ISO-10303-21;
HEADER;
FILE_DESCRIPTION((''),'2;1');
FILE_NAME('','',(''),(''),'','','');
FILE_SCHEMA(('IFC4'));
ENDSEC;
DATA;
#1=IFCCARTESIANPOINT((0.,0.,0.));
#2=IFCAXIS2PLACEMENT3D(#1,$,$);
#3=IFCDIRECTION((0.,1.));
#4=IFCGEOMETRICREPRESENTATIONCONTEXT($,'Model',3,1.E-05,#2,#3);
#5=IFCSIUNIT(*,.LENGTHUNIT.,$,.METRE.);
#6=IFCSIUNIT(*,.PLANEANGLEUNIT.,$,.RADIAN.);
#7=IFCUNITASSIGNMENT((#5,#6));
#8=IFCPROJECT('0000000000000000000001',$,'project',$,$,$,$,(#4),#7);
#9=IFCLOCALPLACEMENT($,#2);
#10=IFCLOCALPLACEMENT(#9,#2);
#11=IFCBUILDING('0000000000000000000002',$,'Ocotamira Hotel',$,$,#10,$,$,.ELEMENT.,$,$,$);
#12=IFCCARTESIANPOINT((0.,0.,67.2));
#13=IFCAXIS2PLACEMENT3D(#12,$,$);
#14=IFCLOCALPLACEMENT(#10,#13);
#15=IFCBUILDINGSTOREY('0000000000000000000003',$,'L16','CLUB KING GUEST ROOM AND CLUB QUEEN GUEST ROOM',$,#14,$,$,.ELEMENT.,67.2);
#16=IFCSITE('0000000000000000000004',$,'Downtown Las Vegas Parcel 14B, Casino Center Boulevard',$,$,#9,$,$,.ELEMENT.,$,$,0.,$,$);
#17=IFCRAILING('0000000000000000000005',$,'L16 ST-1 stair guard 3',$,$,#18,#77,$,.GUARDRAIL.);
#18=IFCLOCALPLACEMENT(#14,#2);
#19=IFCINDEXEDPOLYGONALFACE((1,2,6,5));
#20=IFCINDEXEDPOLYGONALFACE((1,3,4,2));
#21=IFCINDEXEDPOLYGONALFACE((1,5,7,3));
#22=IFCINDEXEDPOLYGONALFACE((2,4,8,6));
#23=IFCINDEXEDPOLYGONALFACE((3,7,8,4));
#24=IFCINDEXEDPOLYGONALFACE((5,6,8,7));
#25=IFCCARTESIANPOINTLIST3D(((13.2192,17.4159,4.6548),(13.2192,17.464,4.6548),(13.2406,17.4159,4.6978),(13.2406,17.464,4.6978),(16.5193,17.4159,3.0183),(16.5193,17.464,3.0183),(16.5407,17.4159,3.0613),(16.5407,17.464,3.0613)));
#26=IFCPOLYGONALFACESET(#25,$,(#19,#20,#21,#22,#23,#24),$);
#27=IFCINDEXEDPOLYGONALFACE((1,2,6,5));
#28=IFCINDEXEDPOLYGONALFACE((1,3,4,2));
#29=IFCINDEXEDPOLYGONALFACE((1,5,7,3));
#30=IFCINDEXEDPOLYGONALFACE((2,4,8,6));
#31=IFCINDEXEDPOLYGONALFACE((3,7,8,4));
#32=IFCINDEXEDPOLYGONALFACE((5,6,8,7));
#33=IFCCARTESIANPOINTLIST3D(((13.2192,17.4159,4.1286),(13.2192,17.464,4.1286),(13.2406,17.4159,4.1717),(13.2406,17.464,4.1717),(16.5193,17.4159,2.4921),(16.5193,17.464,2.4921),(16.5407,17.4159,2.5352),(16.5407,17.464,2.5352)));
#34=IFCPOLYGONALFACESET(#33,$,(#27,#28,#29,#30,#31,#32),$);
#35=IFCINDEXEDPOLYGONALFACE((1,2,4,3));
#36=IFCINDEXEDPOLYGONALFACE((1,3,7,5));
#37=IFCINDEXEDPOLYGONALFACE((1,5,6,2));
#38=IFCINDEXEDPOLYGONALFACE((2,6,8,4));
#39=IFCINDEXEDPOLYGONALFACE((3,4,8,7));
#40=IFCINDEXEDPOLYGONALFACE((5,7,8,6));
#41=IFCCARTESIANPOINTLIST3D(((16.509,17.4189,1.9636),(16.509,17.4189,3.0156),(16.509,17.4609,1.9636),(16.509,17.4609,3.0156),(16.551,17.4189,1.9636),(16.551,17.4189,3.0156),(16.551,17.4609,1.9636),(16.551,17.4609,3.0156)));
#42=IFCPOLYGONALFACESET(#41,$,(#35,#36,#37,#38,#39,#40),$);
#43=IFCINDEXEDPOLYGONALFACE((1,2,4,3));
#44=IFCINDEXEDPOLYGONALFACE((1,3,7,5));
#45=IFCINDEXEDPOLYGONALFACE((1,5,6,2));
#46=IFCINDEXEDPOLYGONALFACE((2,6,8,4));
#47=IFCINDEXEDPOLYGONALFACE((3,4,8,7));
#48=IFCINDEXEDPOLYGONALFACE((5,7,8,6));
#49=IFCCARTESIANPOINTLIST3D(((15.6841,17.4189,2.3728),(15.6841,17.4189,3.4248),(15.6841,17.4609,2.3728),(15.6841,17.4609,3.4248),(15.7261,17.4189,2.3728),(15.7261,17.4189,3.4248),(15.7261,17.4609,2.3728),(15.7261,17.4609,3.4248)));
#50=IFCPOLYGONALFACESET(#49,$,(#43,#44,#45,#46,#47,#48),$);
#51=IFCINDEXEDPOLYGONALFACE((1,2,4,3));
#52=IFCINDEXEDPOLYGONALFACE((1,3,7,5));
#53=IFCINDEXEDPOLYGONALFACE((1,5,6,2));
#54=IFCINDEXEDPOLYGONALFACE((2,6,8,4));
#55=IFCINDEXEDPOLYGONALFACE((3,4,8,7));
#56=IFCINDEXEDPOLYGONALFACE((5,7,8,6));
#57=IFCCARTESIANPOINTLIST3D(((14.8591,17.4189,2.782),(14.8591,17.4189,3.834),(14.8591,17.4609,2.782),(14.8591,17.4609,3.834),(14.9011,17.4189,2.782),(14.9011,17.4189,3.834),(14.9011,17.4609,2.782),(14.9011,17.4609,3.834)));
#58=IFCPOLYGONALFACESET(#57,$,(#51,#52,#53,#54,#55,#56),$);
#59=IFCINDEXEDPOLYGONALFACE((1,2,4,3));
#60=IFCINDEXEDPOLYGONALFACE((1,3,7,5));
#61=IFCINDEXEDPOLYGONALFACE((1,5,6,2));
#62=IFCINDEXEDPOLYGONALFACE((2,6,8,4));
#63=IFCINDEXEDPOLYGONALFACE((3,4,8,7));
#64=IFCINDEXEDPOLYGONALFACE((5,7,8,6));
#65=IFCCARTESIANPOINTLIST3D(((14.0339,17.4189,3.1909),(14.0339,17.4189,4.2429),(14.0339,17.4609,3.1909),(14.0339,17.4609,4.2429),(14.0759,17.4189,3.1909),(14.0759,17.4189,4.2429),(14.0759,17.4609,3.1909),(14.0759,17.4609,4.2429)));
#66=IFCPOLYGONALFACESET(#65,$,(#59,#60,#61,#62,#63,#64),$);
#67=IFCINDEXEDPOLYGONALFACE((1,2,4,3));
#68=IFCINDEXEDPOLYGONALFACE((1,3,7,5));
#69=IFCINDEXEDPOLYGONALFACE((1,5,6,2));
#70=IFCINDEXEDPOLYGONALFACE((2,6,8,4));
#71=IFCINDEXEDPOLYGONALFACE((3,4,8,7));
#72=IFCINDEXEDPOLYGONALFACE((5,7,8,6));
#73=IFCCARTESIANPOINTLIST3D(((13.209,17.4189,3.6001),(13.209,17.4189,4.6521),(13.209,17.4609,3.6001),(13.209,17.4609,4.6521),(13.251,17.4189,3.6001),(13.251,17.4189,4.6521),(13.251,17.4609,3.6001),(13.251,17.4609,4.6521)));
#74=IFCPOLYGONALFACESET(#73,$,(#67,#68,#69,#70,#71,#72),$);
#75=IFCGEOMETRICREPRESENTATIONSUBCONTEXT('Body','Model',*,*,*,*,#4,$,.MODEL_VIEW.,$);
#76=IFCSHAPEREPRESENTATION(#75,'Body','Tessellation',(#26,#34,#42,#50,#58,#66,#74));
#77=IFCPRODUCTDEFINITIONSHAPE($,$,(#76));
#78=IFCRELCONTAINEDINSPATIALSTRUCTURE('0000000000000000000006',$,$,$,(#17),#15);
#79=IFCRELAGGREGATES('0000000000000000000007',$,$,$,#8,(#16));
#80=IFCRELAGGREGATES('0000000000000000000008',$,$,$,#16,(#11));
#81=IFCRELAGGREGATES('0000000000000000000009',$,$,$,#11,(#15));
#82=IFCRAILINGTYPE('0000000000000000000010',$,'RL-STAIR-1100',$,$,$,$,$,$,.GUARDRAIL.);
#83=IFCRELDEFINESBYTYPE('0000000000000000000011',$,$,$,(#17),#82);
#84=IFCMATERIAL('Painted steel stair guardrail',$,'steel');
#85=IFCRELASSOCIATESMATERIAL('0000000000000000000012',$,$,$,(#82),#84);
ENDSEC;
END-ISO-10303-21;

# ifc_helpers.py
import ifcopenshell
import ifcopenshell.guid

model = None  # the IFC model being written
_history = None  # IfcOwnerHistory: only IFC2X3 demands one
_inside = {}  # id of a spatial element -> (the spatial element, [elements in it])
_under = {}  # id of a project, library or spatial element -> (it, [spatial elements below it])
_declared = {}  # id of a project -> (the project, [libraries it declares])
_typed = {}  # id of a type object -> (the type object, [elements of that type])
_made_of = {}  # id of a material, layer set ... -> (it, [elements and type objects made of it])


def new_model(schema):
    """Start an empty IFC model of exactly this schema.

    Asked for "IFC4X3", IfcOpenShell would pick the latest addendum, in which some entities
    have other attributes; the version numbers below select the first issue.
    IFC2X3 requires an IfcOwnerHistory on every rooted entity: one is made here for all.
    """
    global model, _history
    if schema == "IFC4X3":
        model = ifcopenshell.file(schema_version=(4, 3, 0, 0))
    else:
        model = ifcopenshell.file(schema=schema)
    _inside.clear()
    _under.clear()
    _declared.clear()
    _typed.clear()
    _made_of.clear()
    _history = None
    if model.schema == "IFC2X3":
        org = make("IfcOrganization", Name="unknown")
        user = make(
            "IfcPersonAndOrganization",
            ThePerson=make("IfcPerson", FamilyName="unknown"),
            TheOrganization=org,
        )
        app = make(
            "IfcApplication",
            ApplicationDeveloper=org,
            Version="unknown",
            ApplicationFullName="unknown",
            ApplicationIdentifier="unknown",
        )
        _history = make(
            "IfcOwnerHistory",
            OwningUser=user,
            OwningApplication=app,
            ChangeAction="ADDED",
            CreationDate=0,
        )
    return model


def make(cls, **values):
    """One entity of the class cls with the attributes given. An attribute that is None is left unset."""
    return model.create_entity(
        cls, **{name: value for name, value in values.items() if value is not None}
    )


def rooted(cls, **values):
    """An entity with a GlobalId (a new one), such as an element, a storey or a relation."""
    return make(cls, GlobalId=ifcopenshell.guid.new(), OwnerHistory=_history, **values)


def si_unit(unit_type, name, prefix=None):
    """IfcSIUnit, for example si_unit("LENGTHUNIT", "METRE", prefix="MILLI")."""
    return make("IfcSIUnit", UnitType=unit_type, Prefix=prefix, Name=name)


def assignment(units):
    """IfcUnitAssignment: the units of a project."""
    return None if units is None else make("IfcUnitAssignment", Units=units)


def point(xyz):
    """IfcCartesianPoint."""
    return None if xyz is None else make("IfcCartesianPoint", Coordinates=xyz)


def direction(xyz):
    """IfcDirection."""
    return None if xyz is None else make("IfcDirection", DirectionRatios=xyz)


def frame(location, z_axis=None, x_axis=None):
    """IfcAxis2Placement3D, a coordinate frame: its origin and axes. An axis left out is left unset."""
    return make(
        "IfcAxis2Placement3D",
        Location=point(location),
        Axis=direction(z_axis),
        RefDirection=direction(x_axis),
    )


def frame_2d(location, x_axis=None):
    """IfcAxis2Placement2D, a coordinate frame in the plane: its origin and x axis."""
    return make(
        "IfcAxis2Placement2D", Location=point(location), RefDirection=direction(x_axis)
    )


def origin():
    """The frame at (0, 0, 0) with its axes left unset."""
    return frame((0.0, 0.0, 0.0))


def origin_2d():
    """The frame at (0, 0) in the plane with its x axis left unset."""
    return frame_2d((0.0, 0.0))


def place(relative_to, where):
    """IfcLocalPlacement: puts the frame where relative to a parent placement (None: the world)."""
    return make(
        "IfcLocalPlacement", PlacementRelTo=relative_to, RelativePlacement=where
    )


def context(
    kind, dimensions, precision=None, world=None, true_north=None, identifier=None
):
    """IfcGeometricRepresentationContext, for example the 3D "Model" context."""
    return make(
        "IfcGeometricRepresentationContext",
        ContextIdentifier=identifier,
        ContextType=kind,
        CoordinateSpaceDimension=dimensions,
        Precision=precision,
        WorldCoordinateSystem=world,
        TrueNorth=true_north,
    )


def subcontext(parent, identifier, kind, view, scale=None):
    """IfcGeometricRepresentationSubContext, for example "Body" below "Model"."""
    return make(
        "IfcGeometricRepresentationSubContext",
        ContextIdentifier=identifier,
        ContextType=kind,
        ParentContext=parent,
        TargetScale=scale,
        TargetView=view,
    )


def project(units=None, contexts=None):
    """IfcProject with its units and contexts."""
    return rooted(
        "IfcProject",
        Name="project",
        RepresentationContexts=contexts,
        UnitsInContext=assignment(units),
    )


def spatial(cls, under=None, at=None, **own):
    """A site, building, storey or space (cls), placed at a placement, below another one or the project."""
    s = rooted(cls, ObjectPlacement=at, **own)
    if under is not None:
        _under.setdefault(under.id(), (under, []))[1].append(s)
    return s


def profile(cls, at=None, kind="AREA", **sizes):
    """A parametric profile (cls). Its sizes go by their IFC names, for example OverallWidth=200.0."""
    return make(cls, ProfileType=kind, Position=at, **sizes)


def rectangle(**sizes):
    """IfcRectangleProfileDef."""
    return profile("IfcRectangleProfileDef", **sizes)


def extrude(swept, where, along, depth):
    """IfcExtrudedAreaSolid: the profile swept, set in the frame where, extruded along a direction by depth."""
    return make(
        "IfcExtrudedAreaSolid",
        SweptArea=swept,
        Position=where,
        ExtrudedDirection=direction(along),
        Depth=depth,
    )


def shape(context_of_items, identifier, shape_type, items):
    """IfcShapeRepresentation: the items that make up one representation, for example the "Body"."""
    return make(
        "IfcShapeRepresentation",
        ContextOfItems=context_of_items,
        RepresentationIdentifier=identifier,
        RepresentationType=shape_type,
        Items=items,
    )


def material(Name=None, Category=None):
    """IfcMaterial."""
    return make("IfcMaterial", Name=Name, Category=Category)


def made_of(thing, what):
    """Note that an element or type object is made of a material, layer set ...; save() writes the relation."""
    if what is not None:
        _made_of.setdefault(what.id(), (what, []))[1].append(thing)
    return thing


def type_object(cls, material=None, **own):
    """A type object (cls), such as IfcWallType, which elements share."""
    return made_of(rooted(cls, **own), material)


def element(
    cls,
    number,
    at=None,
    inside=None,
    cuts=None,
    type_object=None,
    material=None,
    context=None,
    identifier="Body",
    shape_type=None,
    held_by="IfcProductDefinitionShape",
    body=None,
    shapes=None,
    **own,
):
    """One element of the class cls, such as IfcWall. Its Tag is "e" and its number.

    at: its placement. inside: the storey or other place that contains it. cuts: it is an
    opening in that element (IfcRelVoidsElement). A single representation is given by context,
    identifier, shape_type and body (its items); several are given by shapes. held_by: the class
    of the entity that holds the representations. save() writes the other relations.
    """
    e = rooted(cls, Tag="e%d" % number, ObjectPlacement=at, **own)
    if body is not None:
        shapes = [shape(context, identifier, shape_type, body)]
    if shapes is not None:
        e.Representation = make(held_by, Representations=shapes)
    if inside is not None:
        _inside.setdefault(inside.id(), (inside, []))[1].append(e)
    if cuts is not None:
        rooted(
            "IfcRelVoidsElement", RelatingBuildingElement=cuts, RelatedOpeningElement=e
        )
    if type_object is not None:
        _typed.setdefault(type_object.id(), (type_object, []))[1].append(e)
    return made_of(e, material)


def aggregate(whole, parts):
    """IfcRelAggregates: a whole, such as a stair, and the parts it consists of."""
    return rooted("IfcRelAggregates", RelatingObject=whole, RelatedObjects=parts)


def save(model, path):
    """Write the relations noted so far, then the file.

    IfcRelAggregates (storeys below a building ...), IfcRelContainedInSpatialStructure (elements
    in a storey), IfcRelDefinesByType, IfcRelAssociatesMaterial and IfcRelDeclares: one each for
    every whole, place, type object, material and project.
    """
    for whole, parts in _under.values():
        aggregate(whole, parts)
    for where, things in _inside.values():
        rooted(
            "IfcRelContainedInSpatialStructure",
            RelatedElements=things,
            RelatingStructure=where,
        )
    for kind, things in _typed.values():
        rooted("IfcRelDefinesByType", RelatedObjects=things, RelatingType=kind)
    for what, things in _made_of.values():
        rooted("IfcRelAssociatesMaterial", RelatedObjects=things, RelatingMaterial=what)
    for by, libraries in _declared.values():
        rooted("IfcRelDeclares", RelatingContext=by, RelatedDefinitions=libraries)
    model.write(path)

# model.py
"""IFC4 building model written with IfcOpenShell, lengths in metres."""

from ifc_helpers import new_model, si_unit, direction, frame, origin, origin_2d, place, context, subcontext, project, spatial, rectangle, extrude, material, type_object, element, save


model = new_model("IFC4")

# Units and contexts
model_context = context("Model", 3, precision=1e-05, world=origin(), true_north=direction((0.0, 1.0)))
body_context = subcontext(model_context, "Body", "Model", "MODEL_VIEW")
ifc_project = project(units=[si_unit("LENGTHUNIT", "METRE"), si_unit("PLANEANGLEUNIT", "RADIAN")], contexts=[model_context])

# Site, building, storey
site_placement = place(None, origin())
site = spatial("IfcSite", under=ifc_project, at=site_placement, Name="Downtown Las Vegas Parcel 14B, Casino Center Boulevard", CompositionType="ELEMENT", RefElevation=0.0)
building_placement = place(site_placement, origin())
building = spatial("IfcBuilding", under=site, at=building_placement, Name="Ocotamira Hotel", CompositionType="ELEMENT")
storey_placement = place(building_placement, frame((0.0, 0.0, 67.2)))
storey = spatial("IfcBuildingStorey", under=building, at=storey_placement, Name="L16", Description="CLUB KING GUEST ROOM AND CLUB QUEEN GUEST ROOM", CompositionType="ELEMENT", Elevation=67.2)

# Railing
ifc_material_1 = material(Name="Painted steel stair guardrail", Category="steel")
railing_type_1 = type_object("IfcRailingType", Name="RL-STAIR-1100", PredefinedType="GUARDRAIL", material=ifc_material_1)
railing_1_placement = place(storey_placement, frame((16.53, 17.4399, 1.9636)))
element("IfcRailing", 1, at=railing_1_placement, inside=storey, type_object=railing_type_1, Name="L16 ST-1 stair guard 3", PredefinedType="GUARDRAIL", context=body_context, shape_type="SweptSolid", body=[
    extrude(rectangle(XDim=0.0481, YDim=0.0481, at=origin_2d()), frame((0.0, 0.0, 1.0762), z_axis=(-0.895894, 0.0, 0.444268), x_axis=(0.0, -1.0, 0.0)), (0.0, 0.0, 1.0), 3.6836),
    extrude(rectangle(XDim=0.0481, YDim=0.0481, at=origin_2d()), frame((0.0, 0.0, 0.55), z_axis=(-0.895894, 0.0, 0.444268), x_axis=(0.0, -1.0, 0.0)), (0.0, 0.0, 1.0), 3.6836),
    extrude(rectangle(XDim=0.042, YDim=0.042, at=origin_2d()), origin(), (0.0, 0.0, 1.0), 1.052),
    extrude(rectangle(XDim=0.042, YDim=0.042, at=origin_2d()), frame((-0.825, 0.0, 0.4092)), (0.0, 0.0, 1.0), 1.052),
    extrude(rectangle(XDim=0.042, YDim=0.042, at=origin_2d()), frame((-1.6499, 0.0, 0.8184)), (0.0, 0.0, 1.0), 1.052),
    extrude(rectangle(XDim=0.042, YDim=0.042, at=origin_2d()), frame((-2.4751, 0.0, 1.2273)), (0.0, 0.0, 1.0), 1.052),
    extrude(rectangle(XDim=0.042, YDim=0.042, at=origin_2d()), frame((-3.3, 0.0, 1.6365)), (0.0, 0.0, 1.0), 1.052),
])

save(model, "model.ifc")
